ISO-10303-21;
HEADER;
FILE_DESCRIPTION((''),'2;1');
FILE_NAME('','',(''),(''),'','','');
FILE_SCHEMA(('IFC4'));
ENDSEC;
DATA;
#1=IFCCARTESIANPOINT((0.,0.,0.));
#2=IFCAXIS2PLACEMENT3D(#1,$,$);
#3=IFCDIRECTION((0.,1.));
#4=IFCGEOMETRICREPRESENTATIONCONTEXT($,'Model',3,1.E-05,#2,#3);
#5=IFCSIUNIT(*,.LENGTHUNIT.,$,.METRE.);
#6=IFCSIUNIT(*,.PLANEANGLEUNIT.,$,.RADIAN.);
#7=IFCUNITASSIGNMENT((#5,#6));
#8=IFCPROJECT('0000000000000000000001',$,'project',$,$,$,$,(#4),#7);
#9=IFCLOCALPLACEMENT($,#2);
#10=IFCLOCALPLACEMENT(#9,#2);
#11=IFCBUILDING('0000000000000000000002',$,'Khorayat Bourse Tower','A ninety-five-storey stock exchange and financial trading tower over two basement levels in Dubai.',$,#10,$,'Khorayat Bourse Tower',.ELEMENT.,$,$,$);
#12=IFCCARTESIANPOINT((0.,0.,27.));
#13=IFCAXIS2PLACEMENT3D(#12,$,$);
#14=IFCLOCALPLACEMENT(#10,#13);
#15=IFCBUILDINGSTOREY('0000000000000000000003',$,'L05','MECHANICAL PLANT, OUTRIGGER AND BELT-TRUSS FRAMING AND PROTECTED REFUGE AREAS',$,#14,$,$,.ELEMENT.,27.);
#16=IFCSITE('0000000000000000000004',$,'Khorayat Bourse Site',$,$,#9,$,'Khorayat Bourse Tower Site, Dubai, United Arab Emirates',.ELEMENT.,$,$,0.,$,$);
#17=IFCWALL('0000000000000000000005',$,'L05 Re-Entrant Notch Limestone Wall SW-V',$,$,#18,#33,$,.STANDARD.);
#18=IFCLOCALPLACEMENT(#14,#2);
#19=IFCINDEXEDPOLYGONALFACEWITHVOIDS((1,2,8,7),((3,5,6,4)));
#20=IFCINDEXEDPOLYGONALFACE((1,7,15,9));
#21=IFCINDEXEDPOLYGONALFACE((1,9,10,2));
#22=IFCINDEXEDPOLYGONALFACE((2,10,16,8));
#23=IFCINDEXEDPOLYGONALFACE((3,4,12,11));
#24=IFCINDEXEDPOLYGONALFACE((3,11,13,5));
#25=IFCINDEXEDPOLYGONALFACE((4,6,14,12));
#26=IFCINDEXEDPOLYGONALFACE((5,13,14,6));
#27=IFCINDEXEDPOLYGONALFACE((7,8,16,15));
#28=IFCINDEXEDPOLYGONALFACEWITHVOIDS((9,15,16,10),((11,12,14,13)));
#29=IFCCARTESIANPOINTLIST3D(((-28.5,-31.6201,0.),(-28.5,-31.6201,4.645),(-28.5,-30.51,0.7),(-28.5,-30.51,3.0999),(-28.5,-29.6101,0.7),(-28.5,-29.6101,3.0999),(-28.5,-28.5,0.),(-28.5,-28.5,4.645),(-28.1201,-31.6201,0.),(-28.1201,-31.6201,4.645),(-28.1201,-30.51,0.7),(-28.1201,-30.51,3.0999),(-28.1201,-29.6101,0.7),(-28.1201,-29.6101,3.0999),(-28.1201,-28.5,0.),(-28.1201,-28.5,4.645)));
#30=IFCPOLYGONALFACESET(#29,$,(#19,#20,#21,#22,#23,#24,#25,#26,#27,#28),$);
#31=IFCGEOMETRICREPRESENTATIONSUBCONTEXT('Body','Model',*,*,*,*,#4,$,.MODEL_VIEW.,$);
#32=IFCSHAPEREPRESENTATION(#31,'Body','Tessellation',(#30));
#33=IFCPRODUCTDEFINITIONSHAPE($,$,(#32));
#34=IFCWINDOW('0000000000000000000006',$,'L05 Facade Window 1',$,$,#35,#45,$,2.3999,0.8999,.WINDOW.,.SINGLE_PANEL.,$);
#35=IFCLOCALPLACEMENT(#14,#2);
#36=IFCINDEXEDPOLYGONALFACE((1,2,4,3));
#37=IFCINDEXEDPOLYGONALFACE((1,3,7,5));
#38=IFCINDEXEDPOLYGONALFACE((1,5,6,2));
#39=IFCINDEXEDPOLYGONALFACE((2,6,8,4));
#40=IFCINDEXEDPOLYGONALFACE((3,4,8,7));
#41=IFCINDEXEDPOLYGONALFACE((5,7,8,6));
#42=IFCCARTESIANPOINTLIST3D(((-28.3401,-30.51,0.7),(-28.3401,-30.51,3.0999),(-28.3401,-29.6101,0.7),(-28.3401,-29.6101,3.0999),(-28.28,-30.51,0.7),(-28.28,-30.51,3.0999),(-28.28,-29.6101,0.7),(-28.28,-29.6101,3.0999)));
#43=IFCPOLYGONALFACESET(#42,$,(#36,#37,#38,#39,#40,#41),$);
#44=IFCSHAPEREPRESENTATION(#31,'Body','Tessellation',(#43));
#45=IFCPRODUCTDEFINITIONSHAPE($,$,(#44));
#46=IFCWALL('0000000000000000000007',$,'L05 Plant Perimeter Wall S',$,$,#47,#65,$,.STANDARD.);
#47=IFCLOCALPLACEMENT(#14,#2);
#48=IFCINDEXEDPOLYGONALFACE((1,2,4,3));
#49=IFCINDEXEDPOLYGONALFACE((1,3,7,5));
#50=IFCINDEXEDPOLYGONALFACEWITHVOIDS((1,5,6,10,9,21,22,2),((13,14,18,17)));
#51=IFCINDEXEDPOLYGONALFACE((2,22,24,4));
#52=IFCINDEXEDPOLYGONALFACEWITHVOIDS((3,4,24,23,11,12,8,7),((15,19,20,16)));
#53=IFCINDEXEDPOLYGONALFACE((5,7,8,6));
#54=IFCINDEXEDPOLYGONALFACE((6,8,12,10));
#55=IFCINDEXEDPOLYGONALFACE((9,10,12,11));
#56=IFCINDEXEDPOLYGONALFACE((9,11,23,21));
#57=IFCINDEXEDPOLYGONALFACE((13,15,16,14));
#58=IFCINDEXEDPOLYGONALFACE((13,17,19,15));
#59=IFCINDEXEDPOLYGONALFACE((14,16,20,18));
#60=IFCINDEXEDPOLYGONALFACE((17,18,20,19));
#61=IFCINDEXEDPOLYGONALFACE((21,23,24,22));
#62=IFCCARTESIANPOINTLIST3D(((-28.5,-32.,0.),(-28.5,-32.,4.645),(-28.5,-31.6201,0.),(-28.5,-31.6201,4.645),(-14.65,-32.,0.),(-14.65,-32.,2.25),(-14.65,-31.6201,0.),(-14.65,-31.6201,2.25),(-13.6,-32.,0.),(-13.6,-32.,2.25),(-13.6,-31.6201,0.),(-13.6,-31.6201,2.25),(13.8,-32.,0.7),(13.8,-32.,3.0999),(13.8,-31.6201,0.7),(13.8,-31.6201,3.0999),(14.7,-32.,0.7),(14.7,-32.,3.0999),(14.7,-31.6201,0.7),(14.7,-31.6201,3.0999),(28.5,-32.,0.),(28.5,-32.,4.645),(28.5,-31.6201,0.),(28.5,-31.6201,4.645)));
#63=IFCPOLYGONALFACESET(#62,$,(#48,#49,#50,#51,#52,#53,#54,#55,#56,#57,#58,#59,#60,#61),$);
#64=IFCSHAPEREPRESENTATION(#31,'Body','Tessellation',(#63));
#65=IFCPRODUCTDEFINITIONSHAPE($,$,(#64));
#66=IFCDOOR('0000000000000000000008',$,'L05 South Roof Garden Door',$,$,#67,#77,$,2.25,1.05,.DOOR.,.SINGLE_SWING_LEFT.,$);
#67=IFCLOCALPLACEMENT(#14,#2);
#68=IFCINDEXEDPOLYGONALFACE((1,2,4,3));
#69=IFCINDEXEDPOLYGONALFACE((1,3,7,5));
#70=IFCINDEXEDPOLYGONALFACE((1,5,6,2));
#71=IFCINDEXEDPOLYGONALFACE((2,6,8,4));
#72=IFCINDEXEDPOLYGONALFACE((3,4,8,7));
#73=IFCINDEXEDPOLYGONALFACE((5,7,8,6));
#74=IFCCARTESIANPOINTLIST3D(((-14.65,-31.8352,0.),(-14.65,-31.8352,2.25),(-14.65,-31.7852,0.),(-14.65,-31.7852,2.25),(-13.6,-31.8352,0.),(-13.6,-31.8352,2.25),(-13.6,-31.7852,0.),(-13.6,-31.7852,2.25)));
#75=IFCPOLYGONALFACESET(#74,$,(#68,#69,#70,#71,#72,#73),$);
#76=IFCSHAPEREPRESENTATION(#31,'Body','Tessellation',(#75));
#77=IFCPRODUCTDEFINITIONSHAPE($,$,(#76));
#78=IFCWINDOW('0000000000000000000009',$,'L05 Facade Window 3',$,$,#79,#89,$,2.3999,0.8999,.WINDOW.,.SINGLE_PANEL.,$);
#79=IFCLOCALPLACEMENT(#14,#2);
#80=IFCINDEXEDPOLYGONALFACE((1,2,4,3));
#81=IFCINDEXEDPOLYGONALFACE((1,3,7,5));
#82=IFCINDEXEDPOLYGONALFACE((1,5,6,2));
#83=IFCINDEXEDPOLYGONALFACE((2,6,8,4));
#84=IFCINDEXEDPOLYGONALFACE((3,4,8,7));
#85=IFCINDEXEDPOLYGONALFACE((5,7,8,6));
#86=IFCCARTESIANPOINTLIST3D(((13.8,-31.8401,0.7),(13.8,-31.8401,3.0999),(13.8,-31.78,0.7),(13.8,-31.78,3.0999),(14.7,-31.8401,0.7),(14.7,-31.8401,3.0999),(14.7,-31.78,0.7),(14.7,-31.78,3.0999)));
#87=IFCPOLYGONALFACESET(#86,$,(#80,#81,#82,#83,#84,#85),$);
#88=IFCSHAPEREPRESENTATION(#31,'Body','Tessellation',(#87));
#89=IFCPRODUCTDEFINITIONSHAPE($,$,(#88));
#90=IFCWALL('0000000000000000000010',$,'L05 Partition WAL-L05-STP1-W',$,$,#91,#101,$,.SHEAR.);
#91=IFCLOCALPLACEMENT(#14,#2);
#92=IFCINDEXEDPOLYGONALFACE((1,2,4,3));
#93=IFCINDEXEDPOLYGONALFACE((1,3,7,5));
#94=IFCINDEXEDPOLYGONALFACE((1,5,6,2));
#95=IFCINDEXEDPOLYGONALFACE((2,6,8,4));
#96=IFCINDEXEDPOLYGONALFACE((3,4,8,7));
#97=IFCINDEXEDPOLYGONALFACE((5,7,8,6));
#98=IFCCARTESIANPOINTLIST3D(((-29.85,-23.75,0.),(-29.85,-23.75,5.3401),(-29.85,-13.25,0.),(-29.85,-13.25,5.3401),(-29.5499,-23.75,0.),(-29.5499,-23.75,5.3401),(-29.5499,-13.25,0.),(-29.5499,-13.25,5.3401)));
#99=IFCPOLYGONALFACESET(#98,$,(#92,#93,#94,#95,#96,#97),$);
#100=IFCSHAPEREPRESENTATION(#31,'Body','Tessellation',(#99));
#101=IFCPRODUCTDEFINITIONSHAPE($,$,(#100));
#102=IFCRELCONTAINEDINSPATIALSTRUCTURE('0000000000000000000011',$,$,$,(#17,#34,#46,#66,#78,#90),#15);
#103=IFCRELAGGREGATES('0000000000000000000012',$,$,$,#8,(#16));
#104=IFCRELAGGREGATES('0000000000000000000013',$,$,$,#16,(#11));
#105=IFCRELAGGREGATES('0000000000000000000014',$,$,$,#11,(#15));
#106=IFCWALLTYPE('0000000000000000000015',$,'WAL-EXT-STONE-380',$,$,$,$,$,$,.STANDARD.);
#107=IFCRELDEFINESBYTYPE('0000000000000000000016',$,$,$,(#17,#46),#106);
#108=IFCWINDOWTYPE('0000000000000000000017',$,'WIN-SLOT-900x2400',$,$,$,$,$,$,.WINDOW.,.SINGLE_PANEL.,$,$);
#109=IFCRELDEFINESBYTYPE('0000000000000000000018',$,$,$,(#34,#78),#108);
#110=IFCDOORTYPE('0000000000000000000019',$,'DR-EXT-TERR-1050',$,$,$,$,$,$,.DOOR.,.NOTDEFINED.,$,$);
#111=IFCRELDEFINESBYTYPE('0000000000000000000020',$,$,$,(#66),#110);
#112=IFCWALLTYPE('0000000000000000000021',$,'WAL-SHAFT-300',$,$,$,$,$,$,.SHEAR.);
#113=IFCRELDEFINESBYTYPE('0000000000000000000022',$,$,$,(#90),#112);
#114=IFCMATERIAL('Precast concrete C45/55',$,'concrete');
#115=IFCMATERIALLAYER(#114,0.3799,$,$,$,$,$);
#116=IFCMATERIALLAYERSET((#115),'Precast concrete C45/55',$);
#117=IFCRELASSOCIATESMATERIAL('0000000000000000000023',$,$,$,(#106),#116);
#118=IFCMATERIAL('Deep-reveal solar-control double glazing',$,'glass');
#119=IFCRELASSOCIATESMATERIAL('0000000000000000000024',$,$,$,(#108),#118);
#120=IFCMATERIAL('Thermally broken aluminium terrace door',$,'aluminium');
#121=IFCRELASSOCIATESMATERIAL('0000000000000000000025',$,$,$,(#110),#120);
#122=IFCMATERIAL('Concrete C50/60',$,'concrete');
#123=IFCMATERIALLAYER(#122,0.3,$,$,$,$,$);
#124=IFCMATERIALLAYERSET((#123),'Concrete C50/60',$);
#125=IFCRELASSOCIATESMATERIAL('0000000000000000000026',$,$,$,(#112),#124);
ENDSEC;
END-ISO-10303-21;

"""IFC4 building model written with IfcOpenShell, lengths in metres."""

from ifc_helpers import new_model, si_unit, direction, frame, frame_2d, origin, place, context, subcontext, project, spatial, rectangle, extrude, source, transform, mapped, material, layer, layer_set, type_object, element, fill, save


model = new_model("IFC4")

# Units and contexts
model_context = context("Model", 3, precision=1e-05, world=origin(), true_north=direction((0.0, 1.0)))
body_context = subcontext(model_context, "Body", "Model", "MODEL_VIEW")
ifc_project = project(units=[si_unit("LENGTHUNIT", "METRE"), si_unit("PLANEANGLEUNIT", "RADIAN")], contexts=[model_context])

# Site, building, storey
site_placement = place(None, origin())
site = spatial("IfcSite", under=ifc_project, at=site_placement, Name="Khorayat Bourse Site", LongName="Khorayat Bourse Tower Site, Dubai, United Arab Emirates", CompositionType="ELEMENT", RefElevation=0.0)
building_placement = place(site_placement, origin())
building = spatial("IfcBuilding", under=site, at=building_placement, Name="Khorayat Bourse Tower", Description="A ninety-five-storey stock exchange and financial trading tower over two basement levels in Dubai.", LongName="Khorayat Bourse Tower", CompositionType="ELEMENT")
storey_placement = place(building_placement, frame((0.0, 0.0, 27.0)))
storey = spatial("IfcBuildingStorey", under=building, at=storey_placement, Name="L05", Description="MECHANICAL PLANT, OUTRIGGER AND BELT-TRUSS FRAMING AND PROTECTED REFUGE AREAS", CompositionType="ELEMENT", Elevation=27.0)

# Wall, opening, window
ifc_material_1 = material(Name="Precast concrete C45/55", Category="concrete")
ifc_layer_1 = layer(ifc_material_1, 0.3799)
ifc_layer_set_1 = layer_set([ifc_layer_1], Name="Precast concrete C45/55")
wall_type_1 = type_object("IfcWallType", Name="WAL-EXT-STONE-380", PredefinedType="STANDARD", material=ifc_layer_set_1)
shared_shape_1 = source(origin(), body_context, "Body", "SweptSolid", [
    extrude(rectangle(XDim=3.1201, YDim=0.3799, at=frame_2d((1.5601, 0.0))), origin(), (0.0, 0.0, 1.0), 4.645),
])
shared_shape_2 = source(origin(), body_context, "Body", "SweptSolid", [
    extrude(rectangle(XDim=0.8999, YDim=2.3999, at=frame_2d((0.45, 1.2))), frame((0.0, 0.2, 0.0), z_axis=(0.0, -1.0, 0.0), x_axis=(1.0, 0.0, 0.0)), (0.0, 0.0, 1.0), 0.3999),
])
ifc_material_2 = material(Name="Deep-reveal solar-control double glazing", Category="glass")
window_type = type_object("IfcWindowType", Name="WIN-SLOT-900x2400", PartitioningType="SINGLE_PANEL", PredefinedType="WINDOW", material=ifc_material_2)
shared_shape_3 = source(origin(), body_context, "Body", "SweptSolid", [
    extrude(rectangle(XDim=0.8999, YDim=2.3999, at=frame_2d((0.45, 1.2))), frame((0.0, 0.03, 0.0), z_axis=(0.0, -1.0, 0.0), x_axis=(1.0, 0.0, 0.0)), (0.0, 0.0, 1.0), 0.0601),
])
wall_1_placement = place(storey_placement, frame((-28.3101, -31.6201, 0.0), z_axis=(0.0, 0.0, 1.0), x_axis=(0.0, 1.0, 0.0)))
wall_1 = element("IfcWall", 1, at=wall_1_placement, inside=storey, type_object=wall_type_1, Name="L05 Re-Entrant Notch Limestone Wall SW-V", PredefinedType="STANDARD", context=body_context, shape_type="MappedRepresentation", body=[
    mapped(shared_shape_1, transform((0.0, 0.0, 0.0), scale=1.0)),
])
opening_1_placement = place(wall_1_placement, frame((1.1101, 0.0, 0.7)))
opening_1 = element("IfcOpeningElement", 2, at=opening_1_placement, cuts=wall_1, PredefinedType="OPENING", context=body_context, shape_type="MappedRepresentation", body=[
    mapped(shared_shape_2, transform((0.0, 0.0, 0.0), scale=1.0)),
])
window_1_placement = place(opening_1_placement, origin())
window_1 = element("IfcWindow", 3, at=window_1_placement, inside=storey, type_object=window_type, Name="L05 Facade Window 1", OverallHeight=2.3999, OverallWidth=0.8999, PartitioningType="SINGLE_PANEL", PredefinedType="WINDOW", context=body_context, shape_type="MappedRepresentation", body=[
    mapped(shared_shape_3, transform((0.0, 0.0, 0.0), scale=1.0)),
])
fill(opening_1, window_1)

# Wall, openings, door, window
shared_shape_4 = source(origin(), body_context, "Body", "SweptSolid", [
    extrude(rectangle(XDim=57.0, YDim=0.3799, at=frame_2d((28.5, 0.0))), origin(), (0.0, 0.0, 1.0), 4.645),
])
wall_2_placement = place(storey_placement, frame((-28.5, -31.8101, 0.0), z_axis=(0.0, 0.0, 1.0), x_axis=(1.0, 0.0, 0.0)))
wall_2 = element("IfcWall", 4, at=wall_2_placement, inside=storey, type_object=wall_type_1, Name="L05 Plant Perimeter Wall S", PredefinedType="STANDARD", context=body_context, shape_type="MappedRepresentation", body=[
    mapped(shared_shape_4, transform((0.0, 0.0, 0.0), scale=1.0)),
])
shared_shape_5 = source(origin(), body_context, "Body", "SweptSolid", [
    extrude(rectangle(XDim=1.05, YDim=2.25, at=frame_2d((0.5249, 1.125))), frame((0.0, 0.2, 0.0), z_axis=(0.0, -1.0, 0.0), x_axis=(1.0, 0.0, 0.0)), (0.0, 0.0, 1.0), 0.3999),
])
opening_2_placement = place(wall_2_placement, frame((13.8501, 0.0, 0.0)))
opening_2 = element("IfcOpeningElement", 5, at=opening_2_placement, cuts=wall_2, PredefinedType="OPENING", context=body_context, shape_type="MappedRepresentation", body=[
    mapped(shared_shape_5, transform((0.0, 0.0, 0.0), scale=1.0)),
])
opening_3_placement = place(wall_2_placement, frame((42.3, 0.0, 0.7)))
opening_3 = element("IfcOpeningElement", 6, at=opening_3_placement, cuts=wall_2, PredefinedType="OPENING", context=body_context, shape_type="MappedRepresentation", body=[
    mapped(shared_shape_2, transform((0.0, 0.0, 0.0), scale=1.0)),
])
ifc_material_3 = material(Name="Thermally broken aluminium terrace door", Category="aluminium")
door_type = type_object("IfcDoorType", Name="DR-EXT-TERR-1050", OperationType="NOTDEFINED", PredefinedType="DOOR", material=ifc_material_3)
shared_shape_6 = source(origin(), body_context, "Body", "SweptSolid", [
    extrude(rectangle(XDim=1.05, YDim=2.25, at=frame_2d((0.5249, 1.125))), frame((0.0, 0.0249, 0.0), z_axis=(0.0, -1.0, 0.0), x_axis=(1.0, 0.0, 0.0)), (0.0, 0.0, 1.0), 0.05),
])
door_placement = place(opening_2_placement, origin())
door = element("IfcDoor", 7, at=door_placement, inside=storey, type_object=door_type, Name="L05 South Roof Garden Door", OperationType="SINGLE_SWING_LEFT", OverallHeight=2.25, OverallWidth=1.05, PredefinedType="DOOR", context=body_context, shape_type="MappedRepresentation", body=[
    mapped(shared_shape_6, transform((0.0, 0.0, 0.0), scale=1.0)),
])
fill(opening_2, door)
window_2_placement = place(opening_3_placement, origin())
window_2 = element("IfcWindow", 8, at=window_2_placement, inside=storey, type_object=window_type, Name="L05 Facade Window 3", OverallHeight=2.3999, OverallWidth=0.8999, PartitioningType="SINGLE_PANEL", PredefinedType="WINDOW", context=body_context, shape_type="MappedRepresentation", body=[
    mapped(shared_shape_3, transform((0.0, 0.0, 0.0), scale=1.0)),
])
fill(opening_3, window_2)

# Wall
ifc_material_4 = material(Name="Concrete C50/60", Category="concrete")
ifc_layer_2 = layer(ifc_material_4, 0.3)
ifc_layer_set_2 = layer_set([ifc_layer_2], Name="Concrete C50/60")
wall_type_2 = type_object("IfcWallType", Name="WAL-SHAFT-300", PredefinedType="SHEAR", material=ifc_layer_set_2)
shared_shape_7 = source(origin(), body_context, "Body", "SweptSolid", [
    extrude(rectangle(XDim=10.5, YDim=0.3, at=frame_2d((5.25, 0.0))), origin(), (0.0, 0.0, 1.0), 5.3401),
])
wall_3_placement = place(storey_placement, frame((-29.7, -23.75, 0.0), z_axis=(0.0, 0.0, 1.0), x_axis=(0.0, 1.0, 0.0)))
element("IfcWall", 9, at=wall_3_placement, inside=storey, type_object=wall_type_2, Name="L05 Partition WAL-L05-STP1-W", PredefinedType="SHEAR", context=body_context, shape_type="MappedRepresentation", body=[
    mapped(shared_shape_7, transform((0.0, 0.0, 0.0), scale=1.0)),
])

save(model, "model.ifc")
